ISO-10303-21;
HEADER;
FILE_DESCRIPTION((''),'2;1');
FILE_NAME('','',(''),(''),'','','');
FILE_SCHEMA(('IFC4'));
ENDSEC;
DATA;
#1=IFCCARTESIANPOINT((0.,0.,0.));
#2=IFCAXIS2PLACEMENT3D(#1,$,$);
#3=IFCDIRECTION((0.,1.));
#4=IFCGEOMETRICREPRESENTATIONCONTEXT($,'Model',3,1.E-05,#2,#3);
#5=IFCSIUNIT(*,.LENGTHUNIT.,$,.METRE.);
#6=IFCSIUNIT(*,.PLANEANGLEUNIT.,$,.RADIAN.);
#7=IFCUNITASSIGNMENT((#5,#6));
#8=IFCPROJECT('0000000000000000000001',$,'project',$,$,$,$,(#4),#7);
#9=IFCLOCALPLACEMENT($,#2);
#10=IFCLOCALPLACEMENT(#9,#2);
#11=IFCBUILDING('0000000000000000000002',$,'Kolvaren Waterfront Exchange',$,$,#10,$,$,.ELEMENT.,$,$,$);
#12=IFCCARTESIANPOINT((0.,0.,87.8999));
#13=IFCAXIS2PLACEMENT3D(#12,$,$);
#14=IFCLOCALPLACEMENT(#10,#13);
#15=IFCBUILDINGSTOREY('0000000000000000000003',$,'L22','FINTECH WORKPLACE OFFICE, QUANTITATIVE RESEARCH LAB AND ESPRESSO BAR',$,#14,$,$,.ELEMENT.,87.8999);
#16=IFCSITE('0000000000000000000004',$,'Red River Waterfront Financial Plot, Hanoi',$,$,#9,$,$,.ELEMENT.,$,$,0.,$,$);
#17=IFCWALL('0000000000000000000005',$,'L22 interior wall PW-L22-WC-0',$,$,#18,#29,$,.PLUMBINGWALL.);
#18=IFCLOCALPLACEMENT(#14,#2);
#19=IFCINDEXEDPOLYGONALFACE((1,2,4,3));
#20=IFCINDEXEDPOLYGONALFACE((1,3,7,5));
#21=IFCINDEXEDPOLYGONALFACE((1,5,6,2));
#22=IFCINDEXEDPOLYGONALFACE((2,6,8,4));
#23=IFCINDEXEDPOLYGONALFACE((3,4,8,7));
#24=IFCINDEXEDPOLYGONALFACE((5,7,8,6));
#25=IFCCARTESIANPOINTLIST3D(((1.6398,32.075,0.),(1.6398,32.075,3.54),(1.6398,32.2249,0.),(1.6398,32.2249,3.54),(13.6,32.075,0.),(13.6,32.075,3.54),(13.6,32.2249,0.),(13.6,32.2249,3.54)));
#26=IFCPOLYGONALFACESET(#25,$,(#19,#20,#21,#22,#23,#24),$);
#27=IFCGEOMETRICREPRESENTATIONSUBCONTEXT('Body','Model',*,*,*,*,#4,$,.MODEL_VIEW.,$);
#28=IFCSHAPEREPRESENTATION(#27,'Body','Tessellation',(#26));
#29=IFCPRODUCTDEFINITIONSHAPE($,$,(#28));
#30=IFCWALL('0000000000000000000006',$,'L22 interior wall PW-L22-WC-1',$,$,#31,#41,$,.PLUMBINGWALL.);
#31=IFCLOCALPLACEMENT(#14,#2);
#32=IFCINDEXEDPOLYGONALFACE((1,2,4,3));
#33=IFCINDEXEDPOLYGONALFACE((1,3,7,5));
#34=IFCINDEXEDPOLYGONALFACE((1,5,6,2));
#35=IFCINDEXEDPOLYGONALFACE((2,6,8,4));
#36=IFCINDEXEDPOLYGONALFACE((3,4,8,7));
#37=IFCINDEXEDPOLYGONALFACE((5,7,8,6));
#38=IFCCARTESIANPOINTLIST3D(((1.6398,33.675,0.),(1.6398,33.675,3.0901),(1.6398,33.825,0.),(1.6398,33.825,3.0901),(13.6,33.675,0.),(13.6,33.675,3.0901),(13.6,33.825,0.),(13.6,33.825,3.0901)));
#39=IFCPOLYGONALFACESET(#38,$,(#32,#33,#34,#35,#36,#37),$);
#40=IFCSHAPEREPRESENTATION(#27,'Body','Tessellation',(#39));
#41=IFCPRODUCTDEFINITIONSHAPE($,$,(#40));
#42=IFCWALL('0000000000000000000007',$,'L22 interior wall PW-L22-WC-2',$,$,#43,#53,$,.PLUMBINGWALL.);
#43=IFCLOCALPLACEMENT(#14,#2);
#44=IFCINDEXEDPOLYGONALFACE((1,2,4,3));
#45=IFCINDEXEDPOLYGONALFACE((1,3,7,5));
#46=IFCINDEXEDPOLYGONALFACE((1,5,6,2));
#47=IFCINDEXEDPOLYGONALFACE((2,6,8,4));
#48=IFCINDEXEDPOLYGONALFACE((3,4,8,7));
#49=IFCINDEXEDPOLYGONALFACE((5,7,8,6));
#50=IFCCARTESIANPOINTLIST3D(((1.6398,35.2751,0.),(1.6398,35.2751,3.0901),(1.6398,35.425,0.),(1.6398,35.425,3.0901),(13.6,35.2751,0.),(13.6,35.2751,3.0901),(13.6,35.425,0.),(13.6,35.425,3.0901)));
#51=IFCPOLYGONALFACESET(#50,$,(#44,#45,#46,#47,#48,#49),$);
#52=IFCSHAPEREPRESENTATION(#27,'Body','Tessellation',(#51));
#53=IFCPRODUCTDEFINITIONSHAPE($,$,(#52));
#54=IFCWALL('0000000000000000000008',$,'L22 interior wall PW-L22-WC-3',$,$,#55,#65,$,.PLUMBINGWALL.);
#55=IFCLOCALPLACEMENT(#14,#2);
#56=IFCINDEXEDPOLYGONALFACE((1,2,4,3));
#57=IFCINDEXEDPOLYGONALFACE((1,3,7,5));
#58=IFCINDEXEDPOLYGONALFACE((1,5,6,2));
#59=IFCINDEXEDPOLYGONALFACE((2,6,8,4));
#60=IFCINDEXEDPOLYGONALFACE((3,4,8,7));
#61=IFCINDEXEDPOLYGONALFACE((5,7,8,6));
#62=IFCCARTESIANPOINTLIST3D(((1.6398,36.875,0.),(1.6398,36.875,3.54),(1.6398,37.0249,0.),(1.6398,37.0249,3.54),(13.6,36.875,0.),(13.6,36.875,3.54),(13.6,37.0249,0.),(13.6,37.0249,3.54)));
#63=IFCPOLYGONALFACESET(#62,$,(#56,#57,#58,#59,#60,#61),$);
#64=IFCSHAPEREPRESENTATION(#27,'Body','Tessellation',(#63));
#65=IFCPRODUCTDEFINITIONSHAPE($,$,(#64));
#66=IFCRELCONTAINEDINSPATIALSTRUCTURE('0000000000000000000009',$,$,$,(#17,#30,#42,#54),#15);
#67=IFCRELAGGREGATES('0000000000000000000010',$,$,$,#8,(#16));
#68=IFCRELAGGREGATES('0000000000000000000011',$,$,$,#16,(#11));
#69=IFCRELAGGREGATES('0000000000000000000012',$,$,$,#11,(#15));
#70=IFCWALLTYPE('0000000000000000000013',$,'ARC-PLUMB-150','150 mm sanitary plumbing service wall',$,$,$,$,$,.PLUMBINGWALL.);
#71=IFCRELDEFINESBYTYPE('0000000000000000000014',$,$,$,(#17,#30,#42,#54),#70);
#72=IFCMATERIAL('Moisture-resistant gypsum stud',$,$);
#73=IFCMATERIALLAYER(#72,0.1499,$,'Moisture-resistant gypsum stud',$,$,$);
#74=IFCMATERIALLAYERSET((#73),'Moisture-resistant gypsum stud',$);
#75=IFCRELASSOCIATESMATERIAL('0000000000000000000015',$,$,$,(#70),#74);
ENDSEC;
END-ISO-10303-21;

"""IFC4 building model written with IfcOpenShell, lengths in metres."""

from ifc_helpers import new_model, si_unit, direction, frame, frame_2d, origin, place, context, subcontext, project, spatial, rectangle, extrude, material, layer, layer_set, type_object, element, save


model = new_model("IFC4")

# Units and contexts
model_context = context("Model", 3, precision=1e-05, world=origin(), true_north=direction((0.0, 1.0)))
body_context = subcontext(model_context, "Body", "Model", "MODEL_VIEW")
ifc_project = project(units=[si_unit("LENGTHUNIT", "METRE"), si_unit("PLANEANGLEUNIT", "RADIAN")], contexts=[model_context])

# Site, building, storey
site_placement = place(None, origin())
site = spatial("IfcSite", under=ifc_project, at=site_placement, Name="Red River Waterfront Financial Plot, Hanoi", CompositionType="ELEMENT", RefElevation=0.0)
building_placement = place(site_placement, origin())
building = spatial("IfcBuilding", under=site, at=building_placement, Name="Kolvaren Waterfront Exchange", CompositionType="ELEMENT")
storey_placement = place(building_placement, frame((0.0, 0.0, 87.8999)))
storey = spatial("IfcBuildingStorey", under=building, at=storey_placement, Name="L22", Description="FINTECH WORKPLACE OFFICE, QUANTITATIVE RESEARCH LAB AND ESPRESSO BAR", CompositionType="ELEMENT", Elevation=87.8999)

# Wall
ifc_material_1 = material(Name="Moisture-resistant gypsum stud")
ifc_layer_1 = layer(ifc_material_1, 0.1499, Name="Moisture-resistant gypsum stud")
ifc_layer_set_1 = layer_set([ifc_layer_1], Name="Moisture-resistant gypsum stud")
wall_type_1 = type_object("IfcWallType", Name="ARC-PLUMB-150", Description="150 mm sanitary plumbing service wall", PredefinedType="PLUMBINGWALL", material=ifc_layer_set_1)
wall_1_placement = place(storey_placement, frame((1.6399, 32.1499, 0.0), z_axis=(0.0, 0.0, 1.0), x_axis=(1.0, 0.0, 0.0)))
element("IfcWall", 1, at=wall_1_placement, inside=storey, type_object=wall_type_1, Name="L22 interior wall PW-L22-WC-0", PredefinedType="PLUMBINGWALL", context=body_context, shape_type="SweptSolid", body=[
    extrude(rectangle(XDim=11.9602, YDim=0.1499, at=frame_2d((5.98, 0.0))), origin(), (0.0, 0.0, 1.0), 3.54),
])

# Walls
for number, where, z_axis, x_axis, name in (
    (2, (1.6399, 33.75, 0.0), (0.0, 0.0, 1.0), (1.0, 0.0, 0.0), "L22 interior wall PW-L22-WC-1"),
    (3, (1.6399, 35.3501, 0.0), (0.0, 0.0, 1.0), (1.0, 0.0, 0.0), "L22 interior wall PW-L22-WC-2"),
):
    element("IfcWall", number, at=place(storey_placement, frame(where, z_axis=z_axis, x_axis=x_axis)), inside=storey, type_object=wall_type_1, Name=name, PredefinedType="PLUMBINGWALL", context=body_context, shape_type="SweptSolid", body=[
        extrude(rectangle(XDim=11.9602, YDim=0.1499, at=frame_2d((5.98, 0.0))), origin(), (0.0, 0.0, 1.0), 3.0901),
    ])
wall_2_placement = place(storey_placement, frame((1.6399, 36.95, 0.0), z_axis=(0.0, 0.0, 1.0), x_axis=(1.0, 0.0, 0.0)))
element("IfcWall", 4, at=wall_2_placement, inside=storey, type_object=wall_type_1, Name="L22 interior wall PW-L22-WC-3", PredefinedType="PLUMBINGWALL", context=body_context, shape_type="SweptSolid", body=[
    extrude(rectangle(XDim=11.9602, YDim=0.1499, at=frame_2d((5.98, 0.0))), origin(), (0.0, 0.0, 1.0), 3.54),
])

save(model, "model.ifc")
